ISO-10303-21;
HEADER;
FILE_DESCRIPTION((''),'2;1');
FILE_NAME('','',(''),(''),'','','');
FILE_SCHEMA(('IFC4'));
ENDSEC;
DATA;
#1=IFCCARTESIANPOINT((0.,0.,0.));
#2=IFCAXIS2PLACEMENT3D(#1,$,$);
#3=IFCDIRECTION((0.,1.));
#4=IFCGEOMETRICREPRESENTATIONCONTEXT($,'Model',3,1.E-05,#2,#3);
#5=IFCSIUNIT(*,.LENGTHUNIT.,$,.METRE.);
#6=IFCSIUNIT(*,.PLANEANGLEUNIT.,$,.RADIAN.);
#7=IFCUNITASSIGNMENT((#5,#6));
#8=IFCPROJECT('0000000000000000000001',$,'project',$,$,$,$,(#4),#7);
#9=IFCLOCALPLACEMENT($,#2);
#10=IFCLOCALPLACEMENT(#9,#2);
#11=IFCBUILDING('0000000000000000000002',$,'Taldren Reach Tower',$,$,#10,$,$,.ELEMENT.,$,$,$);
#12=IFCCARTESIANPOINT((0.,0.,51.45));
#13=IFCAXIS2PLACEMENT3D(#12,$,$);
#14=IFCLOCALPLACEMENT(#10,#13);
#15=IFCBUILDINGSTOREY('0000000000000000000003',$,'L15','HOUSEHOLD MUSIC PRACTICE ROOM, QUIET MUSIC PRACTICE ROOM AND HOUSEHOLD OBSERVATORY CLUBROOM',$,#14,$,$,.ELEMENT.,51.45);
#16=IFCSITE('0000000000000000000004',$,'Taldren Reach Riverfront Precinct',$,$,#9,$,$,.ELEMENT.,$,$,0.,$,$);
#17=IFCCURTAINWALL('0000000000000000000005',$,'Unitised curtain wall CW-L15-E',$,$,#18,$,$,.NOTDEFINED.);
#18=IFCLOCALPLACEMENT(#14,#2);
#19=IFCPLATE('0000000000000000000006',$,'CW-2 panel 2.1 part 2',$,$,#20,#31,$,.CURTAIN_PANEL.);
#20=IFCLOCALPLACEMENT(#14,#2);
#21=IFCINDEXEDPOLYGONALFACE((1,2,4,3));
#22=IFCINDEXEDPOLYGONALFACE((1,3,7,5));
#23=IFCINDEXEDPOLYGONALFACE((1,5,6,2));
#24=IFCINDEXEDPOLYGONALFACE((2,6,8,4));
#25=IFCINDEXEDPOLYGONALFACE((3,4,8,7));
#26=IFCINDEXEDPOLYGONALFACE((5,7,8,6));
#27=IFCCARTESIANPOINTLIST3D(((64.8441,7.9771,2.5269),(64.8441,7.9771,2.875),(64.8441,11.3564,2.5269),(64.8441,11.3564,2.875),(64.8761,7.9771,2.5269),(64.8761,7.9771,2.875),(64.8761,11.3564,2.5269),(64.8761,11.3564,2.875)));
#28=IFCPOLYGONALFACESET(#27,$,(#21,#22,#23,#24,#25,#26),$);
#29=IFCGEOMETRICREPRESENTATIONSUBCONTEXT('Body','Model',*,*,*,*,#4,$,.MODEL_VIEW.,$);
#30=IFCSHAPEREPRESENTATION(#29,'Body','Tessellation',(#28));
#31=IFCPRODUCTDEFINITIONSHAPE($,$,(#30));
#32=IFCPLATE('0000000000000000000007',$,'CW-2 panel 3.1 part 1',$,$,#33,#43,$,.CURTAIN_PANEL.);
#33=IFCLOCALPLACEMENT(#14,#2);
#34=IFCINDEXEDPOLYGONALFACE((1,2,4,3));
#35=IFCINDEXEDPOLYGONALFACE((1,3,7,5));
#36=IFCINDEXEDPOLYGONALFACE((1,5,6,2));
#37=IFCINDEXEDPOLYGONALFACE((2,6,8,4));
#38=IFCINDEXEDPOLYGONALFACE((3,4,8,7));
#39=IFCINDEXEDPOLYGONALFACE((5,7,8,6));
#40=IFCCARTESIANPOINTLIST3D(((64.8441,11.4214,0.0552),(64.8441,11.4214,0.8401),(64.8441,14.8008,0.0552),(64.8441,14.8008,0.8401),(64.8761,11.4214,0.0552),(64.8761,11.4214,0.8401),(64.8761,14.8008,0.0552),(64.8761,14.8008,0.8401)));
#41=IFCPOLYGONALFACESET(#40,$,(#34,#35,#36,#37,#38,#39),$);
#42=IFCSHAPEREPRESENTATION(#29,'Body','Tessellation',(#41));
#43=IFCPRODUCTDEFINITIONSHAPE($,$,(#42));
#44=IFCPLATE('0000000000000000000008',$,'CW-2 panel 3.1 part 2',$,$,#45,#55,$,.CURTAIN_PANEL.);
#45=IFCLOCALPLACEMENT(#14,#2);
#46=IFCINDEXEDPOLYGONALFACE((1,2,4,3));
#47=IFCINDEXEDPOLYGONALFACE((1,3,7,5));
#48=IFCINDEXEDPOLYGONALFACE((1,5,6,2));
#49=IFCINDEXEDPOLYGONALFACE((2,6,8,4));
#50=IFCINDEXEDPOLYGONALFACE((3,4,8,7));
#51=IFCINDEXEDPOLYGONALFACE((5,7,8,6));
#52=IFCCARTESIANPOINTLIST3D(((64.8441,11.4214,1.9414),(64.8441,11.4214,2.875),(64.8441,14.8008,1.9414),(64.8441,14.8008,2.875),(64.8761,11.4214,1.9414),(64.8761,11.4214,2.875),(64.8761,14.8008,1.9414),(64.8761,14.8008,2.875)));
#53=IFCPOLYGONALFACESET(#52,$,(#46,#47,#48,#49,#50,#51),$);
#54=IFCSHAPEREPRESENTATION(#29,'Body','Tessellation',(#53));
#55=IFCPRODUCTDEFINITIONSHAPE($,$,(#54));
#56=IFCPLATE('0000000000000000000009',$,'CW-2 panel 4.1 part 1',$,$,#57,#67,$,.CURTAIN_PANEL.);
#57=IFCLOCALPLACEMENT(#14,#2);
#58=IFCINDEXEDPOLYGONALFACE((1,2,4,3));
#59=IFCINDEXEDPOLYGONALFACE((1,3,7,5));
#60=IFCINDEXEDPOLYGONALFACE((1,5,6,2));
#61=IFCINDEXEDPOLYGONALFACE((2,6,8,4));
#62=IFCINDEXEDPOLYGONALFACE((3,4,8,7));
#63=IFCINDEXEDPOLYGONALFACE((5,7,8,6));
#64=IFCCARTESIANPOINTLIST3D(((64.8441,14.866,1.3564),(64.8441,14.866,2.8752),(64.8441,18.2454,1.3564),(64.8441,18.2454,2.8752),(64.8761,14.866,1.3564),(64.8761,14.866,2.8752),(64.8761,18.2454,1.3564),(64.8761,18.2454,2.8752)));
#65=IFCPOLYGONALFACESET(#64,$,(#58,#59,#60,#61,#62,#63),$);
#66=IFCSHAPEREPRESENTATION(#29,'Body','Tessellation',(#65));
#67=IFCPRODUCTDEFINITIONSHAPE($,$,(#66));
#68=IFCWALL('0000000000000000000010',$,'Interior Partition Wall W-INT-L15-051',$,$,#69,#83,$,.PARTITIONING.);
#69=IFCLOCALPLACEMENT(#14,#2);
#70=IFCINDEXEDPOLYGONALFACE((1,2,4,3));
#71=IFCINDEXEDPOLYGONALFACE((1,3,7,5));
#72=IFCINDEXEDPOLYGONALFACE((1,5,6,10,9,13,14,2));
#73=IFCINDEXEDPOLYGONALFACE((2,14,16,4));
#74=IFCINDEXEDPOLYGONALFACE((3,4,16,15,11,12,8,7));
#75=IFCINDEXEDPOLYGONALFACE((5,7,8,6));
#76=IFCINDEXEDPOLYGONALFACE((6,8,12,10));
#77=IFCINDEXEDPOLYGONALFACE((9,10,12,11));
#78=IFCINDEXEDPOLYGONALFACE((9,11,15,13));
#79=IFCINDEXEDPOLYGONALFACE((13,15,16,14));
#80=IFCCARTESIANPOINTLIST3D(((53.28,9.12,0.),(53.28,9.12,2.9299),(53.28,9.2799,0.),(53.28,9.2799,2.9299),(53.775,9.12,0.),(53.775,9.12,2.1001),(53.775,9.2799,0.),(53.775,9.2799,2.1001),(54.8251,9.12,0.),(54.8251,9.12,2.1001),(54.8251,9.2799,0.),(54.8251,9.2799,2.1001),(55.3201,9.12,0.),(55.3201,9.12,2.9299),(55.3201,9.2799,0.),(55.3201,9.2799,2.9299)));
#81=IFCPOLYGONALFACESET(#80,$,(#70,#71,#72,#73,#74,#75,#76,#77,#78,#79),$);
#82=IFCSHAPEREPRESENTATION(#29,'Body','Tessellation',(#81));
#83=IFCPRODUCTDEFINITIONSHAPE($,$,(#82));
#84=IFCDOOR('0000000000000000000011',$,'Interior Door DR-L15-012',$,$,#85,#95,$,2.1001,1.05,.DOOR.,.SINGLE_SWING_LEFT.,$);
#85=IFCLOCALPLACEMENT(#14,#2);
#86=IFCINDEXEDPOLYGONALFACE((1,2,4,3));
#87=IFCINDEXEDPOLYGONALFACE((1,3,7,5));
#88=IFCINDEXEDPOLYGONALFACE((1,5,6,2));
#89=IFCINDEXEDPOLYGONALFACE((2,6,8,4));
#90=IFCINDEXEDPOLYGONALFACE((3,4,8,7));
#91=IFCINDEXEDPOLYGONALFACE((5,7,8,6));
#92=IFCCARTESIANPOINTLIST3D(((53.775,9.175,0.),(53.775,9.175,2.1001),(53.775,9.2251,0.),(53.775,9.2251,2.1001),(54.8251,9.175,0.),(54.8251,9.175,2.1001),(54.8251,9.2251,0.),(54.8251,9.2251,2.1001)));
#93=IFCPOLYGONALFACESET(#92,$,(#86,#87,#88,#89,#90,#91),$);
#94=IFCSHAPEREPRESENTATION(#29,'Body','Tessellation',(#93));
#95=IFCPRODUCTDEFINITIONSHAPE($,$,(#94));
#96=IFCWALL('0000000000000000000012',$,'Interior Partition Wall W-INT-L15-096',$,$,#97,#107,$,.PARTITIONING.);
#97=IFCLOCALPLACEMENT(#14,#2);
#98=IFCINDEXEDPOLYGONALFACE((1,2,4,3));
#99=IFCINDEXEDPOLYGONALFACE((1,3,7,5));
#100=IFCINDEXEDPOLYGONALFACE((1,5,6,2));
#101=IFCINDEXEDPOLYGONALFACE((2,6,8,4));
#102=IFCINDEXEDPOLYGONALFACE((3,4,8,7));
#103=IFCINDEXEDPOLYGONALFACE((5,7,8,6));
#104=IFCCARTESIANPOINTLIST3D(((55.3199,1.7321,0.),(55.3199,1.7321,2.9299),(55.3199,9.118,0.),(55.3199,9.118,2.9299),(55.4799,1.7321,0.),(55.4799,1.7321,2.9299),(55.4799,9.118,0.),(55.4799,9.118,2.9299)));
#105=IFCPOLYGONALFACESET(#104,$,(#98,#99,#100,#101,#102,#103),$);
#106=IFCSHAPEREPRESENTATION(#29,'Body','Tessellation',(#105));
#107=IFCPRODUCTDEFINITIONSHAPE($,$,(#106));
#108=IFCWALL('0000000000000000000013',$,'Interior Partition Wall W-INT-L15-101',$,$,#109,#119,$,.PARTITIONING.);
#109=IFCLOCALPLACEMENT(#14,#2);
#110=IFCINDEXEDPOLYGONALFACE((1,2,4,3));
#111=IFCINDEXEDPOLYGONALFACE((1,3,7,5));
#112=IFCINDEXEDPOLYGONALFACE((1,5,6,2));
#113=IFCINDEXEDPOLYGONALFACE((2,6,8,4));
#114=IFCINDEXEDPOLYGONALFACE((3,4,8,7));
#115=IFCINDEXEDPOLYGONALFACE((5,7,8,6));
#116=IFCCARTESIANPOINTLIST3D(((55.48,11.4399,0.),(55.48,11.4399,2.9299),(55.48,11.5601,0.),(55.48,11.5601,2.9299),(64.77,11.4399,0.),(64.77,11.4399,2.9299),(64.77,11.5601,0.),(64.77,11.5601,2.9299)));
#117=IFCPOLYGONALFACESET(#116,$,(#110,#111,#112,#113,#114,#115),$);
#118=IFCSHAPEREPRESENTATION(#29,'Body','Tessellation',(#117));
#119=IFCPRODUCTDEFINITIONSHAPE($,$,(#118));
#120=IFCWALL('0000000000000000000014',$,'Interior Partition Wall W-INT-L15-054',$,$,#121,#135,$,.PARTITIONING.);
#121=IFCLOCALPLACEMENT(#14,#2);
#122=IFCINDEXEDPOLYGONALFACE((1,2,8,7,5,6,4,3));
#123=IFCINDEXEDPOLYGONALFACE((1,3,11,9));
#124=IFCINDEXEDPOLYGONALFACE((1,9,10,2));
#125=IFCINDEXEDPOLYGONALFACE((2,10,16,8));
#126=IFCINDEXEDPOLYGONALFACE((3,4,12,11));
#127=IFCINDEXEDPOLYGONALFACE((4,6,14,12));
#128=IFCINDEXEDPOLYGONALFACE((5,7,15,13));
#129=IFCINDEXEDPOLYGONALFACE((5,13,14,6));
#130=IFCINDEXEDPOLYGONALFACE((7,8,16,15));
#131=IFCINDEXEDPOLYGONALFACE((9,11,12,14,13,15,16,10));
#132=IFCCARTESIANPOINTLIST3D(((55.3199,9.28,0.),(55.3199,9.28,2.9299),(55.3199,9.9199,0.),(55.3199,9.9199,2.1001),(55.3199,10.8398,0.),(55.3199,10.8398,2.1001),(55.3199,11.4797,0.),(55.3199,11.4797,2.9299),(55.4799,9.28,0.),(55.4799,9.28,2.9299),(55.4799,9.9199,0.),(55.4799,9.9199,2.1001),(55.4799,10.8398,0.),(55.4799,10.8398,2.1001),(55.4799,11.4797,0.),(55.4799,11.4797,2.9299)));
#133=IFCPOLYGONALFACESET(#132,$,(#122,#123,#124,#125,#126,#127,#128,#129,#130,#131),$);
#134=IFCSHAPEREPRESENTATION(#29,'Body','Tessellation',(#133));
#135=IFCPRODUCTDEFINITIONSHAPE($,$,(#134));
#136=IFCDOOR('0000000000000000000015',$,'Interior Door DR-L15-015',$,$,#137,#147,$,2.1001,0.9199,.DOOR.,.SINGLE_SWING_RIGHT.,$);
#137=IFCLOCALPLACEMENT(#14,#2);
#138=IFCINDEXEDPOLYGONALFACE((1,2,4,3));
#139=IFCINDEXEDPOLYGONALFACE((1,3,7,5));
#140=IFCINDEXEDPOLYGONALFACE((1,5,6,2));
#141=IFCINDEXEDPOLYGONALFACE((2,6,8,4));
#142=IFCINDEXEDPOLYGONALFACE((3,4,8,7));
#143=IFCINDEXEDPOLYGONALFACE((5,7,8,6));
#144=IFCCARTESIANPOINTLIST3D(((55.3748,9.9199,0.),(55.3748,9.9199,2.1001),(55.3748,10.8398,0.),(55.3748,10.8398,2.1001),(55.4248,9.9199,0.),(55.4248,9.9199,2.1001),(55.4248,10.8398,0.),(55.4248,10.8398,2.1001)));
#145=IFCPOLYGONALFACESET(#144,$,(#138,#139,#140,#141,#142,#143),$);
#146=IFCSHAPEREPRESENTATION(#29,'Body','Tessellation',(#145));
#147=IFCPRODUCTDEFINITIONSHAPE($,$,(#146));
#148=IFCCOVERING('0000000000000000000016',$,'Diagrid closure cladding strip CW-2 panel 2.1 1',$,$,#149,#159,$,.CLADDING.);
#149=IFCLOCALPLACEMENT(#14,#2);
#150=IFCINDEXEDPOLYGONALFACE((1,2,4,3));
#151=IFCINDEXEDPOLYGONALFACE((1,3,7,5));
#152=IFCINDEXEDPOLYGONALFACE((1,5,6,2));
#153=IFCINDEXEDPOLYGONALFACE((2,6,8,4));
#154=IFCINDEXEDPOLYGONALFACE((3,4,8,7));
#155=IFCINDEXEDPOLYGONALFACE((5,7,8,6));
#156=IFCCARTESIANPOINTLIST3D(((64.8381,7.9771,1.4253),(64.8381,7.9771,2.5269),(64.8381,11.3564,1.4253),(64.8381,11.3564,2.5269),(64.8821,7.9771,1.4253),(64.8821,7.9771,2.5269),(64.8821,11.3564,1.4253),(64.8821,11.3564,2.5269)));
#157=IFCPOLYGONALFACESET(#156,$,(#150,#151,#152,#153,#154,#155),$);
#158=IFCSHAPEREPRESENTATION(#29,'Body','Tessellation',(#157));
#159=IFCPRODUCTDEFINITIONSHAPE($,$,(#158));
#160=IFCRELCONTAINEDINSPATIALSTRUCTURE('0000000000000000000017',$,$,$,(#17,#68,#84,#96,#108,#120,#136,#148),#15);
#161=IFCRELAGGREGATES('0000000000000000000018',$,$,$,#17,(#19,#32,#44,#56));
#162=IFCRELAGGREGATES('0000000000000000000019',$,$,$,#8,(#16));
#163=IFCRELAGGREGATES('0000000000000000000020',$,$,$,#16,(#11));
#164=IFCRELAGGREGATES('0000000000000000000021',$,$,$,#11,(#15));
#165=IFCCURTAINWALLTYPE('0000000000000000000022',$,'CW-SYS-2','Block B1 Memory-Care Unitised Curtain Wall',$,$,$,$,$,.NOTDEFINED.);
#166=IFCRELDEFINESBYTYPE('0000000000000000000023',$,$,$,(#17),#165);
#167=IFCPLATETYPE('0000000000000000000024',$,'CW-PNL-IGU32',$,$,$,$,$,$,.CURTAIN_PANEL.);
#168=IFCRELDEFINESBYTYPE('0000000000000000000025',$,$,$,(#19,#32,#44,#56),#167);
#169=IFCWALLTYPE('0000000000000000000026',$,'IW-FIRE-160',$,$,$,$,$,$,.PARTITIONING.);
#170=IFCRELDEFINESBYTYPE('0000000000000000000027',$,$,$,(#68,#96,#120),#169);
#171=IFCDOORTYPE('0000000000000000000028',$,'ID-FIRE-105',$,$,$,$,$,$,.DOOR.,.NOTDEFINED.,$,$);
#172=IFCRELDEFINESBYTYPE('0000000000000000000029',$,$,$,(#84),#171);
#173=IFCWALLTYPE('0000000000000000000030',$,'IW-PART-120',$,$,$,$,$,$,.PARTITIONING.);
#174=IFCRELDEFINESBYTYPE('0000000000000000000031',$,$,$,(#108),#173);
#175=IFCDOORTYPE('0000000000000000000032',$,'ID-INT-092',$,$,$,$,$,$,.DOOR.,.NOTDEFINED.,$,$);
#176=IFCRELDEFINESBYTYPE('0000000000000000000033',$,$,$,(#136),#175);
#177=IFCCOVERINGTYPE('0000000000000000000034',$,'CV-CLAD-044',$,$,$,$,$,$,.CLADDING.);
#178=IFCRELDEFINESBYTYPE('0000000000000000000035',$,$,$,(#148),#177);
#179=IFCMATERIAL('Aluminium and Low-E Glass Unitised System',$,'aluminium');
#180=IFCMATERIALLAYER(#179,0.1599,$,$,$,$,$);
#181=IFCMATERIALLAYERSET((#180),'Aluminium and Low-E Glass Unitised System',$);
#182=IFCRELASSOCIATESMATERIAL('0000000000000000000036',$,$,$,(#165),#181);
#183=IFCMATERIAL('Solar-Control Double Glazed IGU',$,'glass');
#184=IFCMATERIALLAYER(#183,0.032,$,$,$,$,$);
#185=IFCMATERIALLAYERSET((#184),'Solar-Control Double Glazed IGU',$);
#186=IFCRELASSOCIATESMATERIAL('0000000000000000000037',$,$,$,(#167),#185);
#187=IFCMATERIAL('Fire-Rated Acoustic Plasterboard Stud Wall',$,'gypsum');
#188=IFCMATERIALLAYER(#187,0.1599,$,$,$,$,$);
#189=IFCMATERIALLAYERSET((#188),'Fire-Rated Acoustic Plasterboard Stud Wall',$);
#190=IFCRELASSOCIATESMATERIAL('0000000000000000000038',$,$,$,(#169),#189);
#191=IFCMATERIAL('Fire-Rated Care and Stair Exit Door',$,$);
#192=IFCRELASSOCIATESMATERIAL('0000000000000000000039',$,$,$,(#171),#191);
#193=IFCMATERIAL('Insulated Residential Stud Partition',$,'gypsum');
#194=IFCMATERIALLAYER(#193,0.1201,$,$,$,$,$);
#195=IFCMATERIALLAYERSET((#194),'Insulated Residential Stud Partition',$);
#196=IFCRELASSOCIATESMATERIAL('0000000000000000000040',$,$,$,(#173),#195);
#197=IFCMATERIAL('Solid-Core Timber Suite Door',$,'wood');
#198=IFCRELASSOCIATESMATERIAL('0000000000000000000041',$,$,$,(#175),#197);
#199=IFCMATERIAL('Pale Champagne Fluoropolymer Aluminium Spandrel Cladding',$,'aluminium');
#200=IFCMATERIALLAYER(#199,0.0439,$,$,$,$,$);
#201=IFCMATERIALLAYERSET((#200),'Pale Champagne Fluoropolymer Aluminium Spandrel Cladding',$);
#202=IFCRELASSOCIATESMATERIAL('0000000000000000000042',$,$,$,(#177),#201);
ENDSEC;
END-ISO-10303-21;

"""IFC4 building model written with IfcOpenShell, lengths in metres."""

from ifc_helpers import new_model, si_unit, direction, frame, frame_2d, origin, origin_2d, place, context, subcontext, project, spatial, rectangle, extrude, source, transform, mapped, material, layer, layer_set, type_object, element, fill, aggregate, save


model = new_model("IFC4")

# Units and contexts
model_context = context("Model", 3, precision=1e-05, world=origin(), true_north=direction((0.0, 1.0)))
body_context = subcontext(model_context, "Body", "Model", "MODEL_VIEW")
ifc_project = project(units=[si_unit("LENGTHUNIT", "METRE"), si_unit("PLANEANGLEUNIT", "RADIAN")], contexts=[model_context])

# Site, building, storey
site_placement = place(None, origin())
site = spatial("IfcSite", under=ifc_project, at=site_placement, Name="Taldren Reach Riverfront Precinct", CompositionType="ELEMENT", RefElevation=0.0)
building_placement = place(site_placement, origin())
building = spatial("IfcBuilding", under=site, at=building_placement, Name="Taldren Reach Tower", CompositionType="ELEMENT")
storey_placement = place(building_placement, frame((0.0, 0.0, 51.45)))
storey = spatial("IfcBuildingStorey", under=building, at=storey_placement, Name="L15", Description="HOUSEHOLD MUSIC PRACTICE ROOM, QUIET MUSIC PRACTICE ROOM AND HOUSEHOLD OBSERVATORY CLUBROOM", CompositionType="ELEMENT", Elevation=51.45)

# Curtain wall, plates
ifc_material_1 = material(Name="Aluminium and Low-E Glass Unitised System", Category="aluminium")
ifc_layer_1 = layer(ifc_material_1, 0.1599)
ifc_layer_set_1 = layer_set([ifc_layer_1], Name="Aluminium and Low-E Glass Unitised System")
curtain_wall_type = type_object("IfcCurtainWallType", Name="CW-SYS-2", Description="Block B1 Memory-Care Unitised Curtain Wall", PredefinedType="NOTDEFINED", material=ifc_layer_set_1)
curtain_wall_placement = place(storey_placement, origin())
curtain_wall = element("IfcCurtainWall", 1, at=curtain_wall_placement, inside=storey, type_object=curtain_wall_type, Name="Unitised curtain wall CW-L15-E", PredefinedType="NOTDEFINED")
ifc_material_2 = material(Name="Solar-Control Double Glazed IGU", Category="glass")
ifc_layer_2 = layer(ifc_material_2, 0.032)
ifc_layer_set_2 = layer_set([ifc_layer_2], Name="Solar-Control Double Glazed IGU")
plate_type = type_object("IfcPlateType", Name="CW-PNL-IGU32", PredefinedType="CURTAIN_PANEL", material=ifc_layer_set_2)
shared_shape_1 = source(origin(), body_context, "Body", "SweptSolid", [
    extrude(rectangle(XDim=3.3794, YDim=0.032, at=origin_2d()), origin(), (0.0, 0.0, 1.0), 0.3481),
])
plate_1_placement = place(storey_placement, frame((64.8601, 9.6667, 2.5269), z_axis=(0.0, 0.0, 1.0), x_axis=(0.0, 1.0, 0.0)))
plate_1 = element("IfcPlate", 2, at=plate_1_placement, type_object=plate_type, Name="CW-2 panel 2.1 part 2", PredefinedType="CURTAIN_PANEL", context=body_context, shape_type="MappedRepresentation", body=[
    mapped(shared_shape_1, transform((0.0, 0.0, 0.0), scale=1.0)),
])
shared_shape_2 = source(origin(), body_context, "Body", "SweptSolid", [
    extrude(rectangle(XDim=3.3794, YDim=0.032, at=origin_2d()), origin(), (0.0, 0.0, 1.0), 0.7849),
])
plate_2_placement = place(storey_placement, frame((64.8601, 13.1111, 0.0552), z_axis=(0.0, 0.0, 1.0), x_axis=(0.0, 1.0, 0.0)))
plate_2 = element("IfcPlate", 3, at=plate_2_placement, type_object=plate_type, Name="CW-2 panel 3.1 part 1", PredefinedType="CURTAIN_PANEL", context=body_context, shape_type="MappedRepresentation", body=[
    mapped(shared_shape_2, transform((0.0, 0.0, 0.0), scale=1.0)),
])
shared_shape_3 = source(origin(), body_context, "Body", "SweptSolid", [
    extrude(rectangle(XDim=3.3794, YDim=0.032, at=origin_2d()), origin(), (0.0, 0.0, 1.0), 0.9336),
])
plate_3_placement = place(storey_placement, frame((64.8601, 13.1111, 1.9414), z_axis=(0.0, 0.0, 1.0), x_axis=(0.0, 1.0, 0.0)))
plate_3 = element("IfcPlate", 4, at=plate_3_placement, type_object=plate_type, Name="CW-2 panel 3.1 part 2", PredefinedType="CURTAIN_PANEL", context=body_context, shape_type="MappedRepresentation", body=[
    mapped(shared_shape_3, transform((0.0, 0.0, 0.0), scale=1.0)),
])
shared_shape_4 = source(origin(), body_context, "Body", "SweptSolid", [
    extrude(rectangle(XDim=3.3794, YDim=0.032, at=origin_2d()), origin(), (0.0, 0.0, 1.0), 1.5188),
])
plate_4_placement = place(storey_placement, frame((64.8601, 16.5557, 1.3564), z_axis=(0.0, 0.0, 1.0), x_axis=(0.0, 1.0, 0.0)))
plate_4 = element("IfcPlate", 5, at=plate_4_placement, type_object=plate_type, Name="CW-2 panel 4.1 part 1", PredefinedType="CURTAIN_PANEL", context=body_context, shape_type="MappedRepresentation", body=[
    mapped(shared_shape_4, transform((0.0, 0.0, 0.0), scale=1.0)),
])
aggregate(curtain_wall, [plate_1, plate_2, plate_3, plate_4])

# Wall, opening, door
ifc_material_3 = material(Name="Fire-Rated Acoustic Plasterboard Stud Wall", Category="gypsum")
ifc_layer_3 = layer(ifc_material_3, 0.1599)
ifc_layer_set_3 = layer_set([ifc_layer_3], Name="Fire-Rated Acoustic Plasterboard Stud Wall")
wall_type_1 = type_object("IfcWallType", Name="IW-FIRE-160", PredefinedType="PARTITIONING", material=ifc_layer_set_3)
shared_shape_5 = source(origin(), body_context, "Body", "SweptSolid", [
    extrude(rectangle(XDim=2.04, YDim=0.1599, at=frame_2d((1.02, 0.0))), origin(), (0.0, 0.0, 1.0), 2.9299),
])
wall_1_placement = place(storey_placement, frame((55.3201, 9.2, 0.0), z_axis=(0.0, 0.0, 1.0), x_axis=(-1.0, 0.0, 0.0)))
wall_1 = element("IfcWall", 6, at=wall_1_placement, inside=storey, type_object=wall_type_1, Name="Interior Partition Wall W-INT-L15-051", PredefinedType="PARTITIONING", context=body_context, shape_type="MappedRepresentation", body=[
    mapped(shared_shape_5, transform((0.0, 0.0, 0.0), scale=1.0)),
])
shared_shape_6 = source(origin(), body_context, "Body", "SweptSolid", [
    extrude(rectangle(XDim=1.05, YDim=2.1001, at=frame_2d((0.5249, 1.05))), frame((0.0, 0.0898, 0.0), z_axis=(0.0, -1.0, 0.0), x_axis=(1.0, 0.0, 0.0)), (0.0, 0.0, 1.0), 0.1799),
])
opening_1_placement = place(wall_1_placement, frame((0.4951, 0.0, 0.0)))
opening_1 = element("IfcOpeningElement", 7, at=opening_1_placement, cuts=wall_1, PredefinedType="OPENING", context=body_context, shape_type="MappedRepresentation", body=[
    mapped(shared_shape_6, transform((0.0, 0.0, 0.0), scale=1.0)),
])
ifc_material_4 = material(Name="Fire-Rated Care and Stair Exit Door")
door_type_1 = type_object("IfcDoorType", Name="ID-FIRE-105", OperationType="NOTDEFINED", PredefinedType="DOOR", material=ifc_material_4)
shared_shape_7 = source(origin(), body_context, "Body", "SweptSolid", [
    extrude(rectangle(XDim=1.05, YDim=2.1001, at=frame_2d((0.5249, 1.05))), frame((0.0, 0.0249, 0.0), z_axis=(0.0, -1.0, 0.0), x_axis=(1.0, 0.0, 0.0)), (0.0, 0.0, 1.0), 0.05),
])
door_1_placement = place(opening_1_placement, origin())
door_1 = element("IfcDoor", 8, at=door_1_placement, inside=storey, type_object=door_type_1, Name="Interior Door DR-L15-012", OperationType="SINGLE_SWING_LEFT", OverallHeight=2.1001, OverallWidth=1.05, PredefinedType="DOOR", context=body_context, shape_type="MappedRepresentation", body=[
    mapped(shared_shape_7, transform((0.0, 0.0, 0.0), scale=1.0)),
])
fill(opening_1, door_1)

# Walls
shared_shape_8 = source(origin(), body_context, "Body", "SweptSolid", [
    extrude(rectangle(XDim=7.386, YDim=0.1599, at=frame_2d((3.6929, 0.0))), origin(), (0.0, 0.0, 1.0), 2.9299),
])
wall_2_placement = place(storey_placement, frame((55.3999, 9.1179, 0.0), z_axis=(0.0, 0.0, 1.0), x_axis=(0.0, -1.0, 0.0)))
element("IfcWall", 9, at=wall_2_placement, inside=storey, type_object=wall_type_1, Name="Interior Partition Wall W-INT-L15-096", PredefinedType="PARTITIONING", context=body_context, shape_type="MappedRepresentation", body=[
    mapped(shared_shape_8, transform((0.0, 0.0, 0.0), scale=1.0)),
])
ifc_material_5 = material(Name="Insulated Residential Stud Partition", Category="gypsum")
ifc_layer_4 = layer(ifc_material_5, 0.1201)
ifc_layer_set_4 = layer_set([ifc_layer_4], Name="Insulated Residential Stud Partition")
wall_type_2 = type_object("IfcWallType", Name="IW-PART-120", PredefinedType="PARTITIONING", material=ifc_layer_set_4)
shared_shape_9 = source(origin(), body_context, "Body", "SweptSolid", [
    extrude(rectangle(XDim=9.29, YDim=0.1201, at=frame_2d((4.645, 0.0))), origin(), (0.0, 0.0, 1.0), 2.9299),
])
wall_3_placement = place(storey_placement, frame((55.48, 11.5, 0.0), z_axis=(0.0, 0.0, 1.0), x_axis=(1.0, 0.0, 0.0)))
element("IfcWall", 10, at=wall_3_placement, inside=storey, type_object=wall_type_2, Name="Interior Partition Wall W-INT-L15-101", PredefinedType="PARTITIONING", context=body_context, shape_type="MappedRepresentation", body=[
    mapped(shared_shape_9, transform((0.0, 0.0, 0.0), scale=1.0)),
])

# Wall, opening, door
shared_shape_10 = source(origin(), body_context, "Body", "SweptSolid", [
    extrude(rectangle(XDim=2.1997, YDim=0.1599, at=frame_2d((1.0999, 0.0))), origin(), (0.0, 0.0, 1.0), 2.9299),
])
wall_4_placement = place(storey_placement, frame((55.3999, 11.4797, 0.0), z_axis=(0.0, 0.0, 1.0), x_axis=(0.0, -1.0, 0.0)))
wall_4 = element("IfcWall", 11, at=wall_4_placement, inside=storey, type_object=wall_type_1, Name="Interior Partition Wall W-INT-L15-054", PredefinedType="PARTITIONING", context=body_context, shape_type="MappedRepresentation", body=[
    mapped(shared_shape_10, transform((0.0, 0.0, 0.0), scale=1.0)),
])
shared_shape_11 = source(origin(), body_context, "Body", "SweptSolid", [
    extrude(rectangle(XDim=0.9199, YDim=2.1001, at=frame_2d((0.46, 1.05))), frame((0.0, 0.0898, 0.0), z_axis=(0.0, -1.0, 0.0), x_axis=(1.0, 0.0, 0.0)), (0.0, 0.0, 1.0), 0.1799),
])
opening_2_placement = place(wall_4_placement, frame((0.6399, 0.0, 0.0)))
opening_2 = element("IfcOpeningElement", 12, at=opening_2_placement, cuts=wall_4, PredefinedType="OPENING", context=body_context, shape_type="MappedRepresentation", body=[
    mapped(shared_shape_11, transform((0.0, 0.0, 0.0), scale=1.0)),
])
ifc_material_6 = material(Name="Solid-Core Timber Suite Door", Category="wood")
door_type_2 = type_object("IfcDoorType", Name="ID-INT-092", OperationType="NOTDEFINED", PredefinedType="DOOR", material=ifc_material_6)
shared_shape_12 = source(origin(), body_context, "Body", "SweptSolid", [
    extrude(rectangle(XDim=0.9199, YDim=2.1001, at=frame_2d((0.46, 1.05))), frame((0.0, 0.0249, 0.0), z_axis=(0.0, -1.0, 0.0), x_axis=(1.0, 0.0, 0.0)), (0.0, 0.0, 1.0), 0.05),
])
door_2_placement = place(opening_2_placement, origin())
door_2 = element("IfcDoor", 13, at=door_2_placement, inside=storey, type_object=door_type_2, Name="Interior Door DR-L15-015", OperationType="SINGLE_SWING_RIGHT", OverallHeight=2.1001, OverallWidth=0.9199, PredefinedType="DOOR", context=body_context, shape_type="MappedRepresentation", body=[
    mapped(shared_shape_12, transform((0.0, 0.0, 0.0), scale=1.0)),
])
fill(opening_2, door_2)

# Covering
ifc_material_7 = material(Name="Pale Champagne Fluoropolymer Aluminium Spandrel Cladding", Category="aluminium")
ifc_layer_5 = layer(ifc_material_7, 0.0439)
ifc_layer_set_5 = layer_set([ifc_layer_5], Name="Pale Champagne Fluoropolymer Aluminium Spandrel Cladding")
covering_type = type_object("IfcCoveringType", Name="CV-CLAD-044", PredefinedType="CLADDING", material=ifc_layer_set_5)
shared_shape_13 = source(origin(), body_context, "Body", "SweptSolid", [
    extrude(rectangle(XDim=3.3794, YDim=0.0439, at=origin_2d()), origin(), (0.0, 0.0, 1.0), 1.1016),
])
for number, where, z_axis, x_axis, name in (
    (14, (64.8601, 9.6667, 1.4253), (0.0, 0.0, 1.0), (0.0, 1.0, 0.0), "Diagrid closure cladding strip CW-2 panel 2.1 1"),
):
    element("IfcCovering", number, at=place(storey_placement, frame(where, z_axis=z_axis, x_axis=x_axis)), inside=storey, type_object=covering_type, Name=name, PredefinedType="CLADDING", context=body_context, shape_type="MappedRepresentation", body=[
        mapped(shared_shape_13, transform((0.0, 0.0, 0.0), scale=1.0)),
    ])

save(model, "model.ifc")
